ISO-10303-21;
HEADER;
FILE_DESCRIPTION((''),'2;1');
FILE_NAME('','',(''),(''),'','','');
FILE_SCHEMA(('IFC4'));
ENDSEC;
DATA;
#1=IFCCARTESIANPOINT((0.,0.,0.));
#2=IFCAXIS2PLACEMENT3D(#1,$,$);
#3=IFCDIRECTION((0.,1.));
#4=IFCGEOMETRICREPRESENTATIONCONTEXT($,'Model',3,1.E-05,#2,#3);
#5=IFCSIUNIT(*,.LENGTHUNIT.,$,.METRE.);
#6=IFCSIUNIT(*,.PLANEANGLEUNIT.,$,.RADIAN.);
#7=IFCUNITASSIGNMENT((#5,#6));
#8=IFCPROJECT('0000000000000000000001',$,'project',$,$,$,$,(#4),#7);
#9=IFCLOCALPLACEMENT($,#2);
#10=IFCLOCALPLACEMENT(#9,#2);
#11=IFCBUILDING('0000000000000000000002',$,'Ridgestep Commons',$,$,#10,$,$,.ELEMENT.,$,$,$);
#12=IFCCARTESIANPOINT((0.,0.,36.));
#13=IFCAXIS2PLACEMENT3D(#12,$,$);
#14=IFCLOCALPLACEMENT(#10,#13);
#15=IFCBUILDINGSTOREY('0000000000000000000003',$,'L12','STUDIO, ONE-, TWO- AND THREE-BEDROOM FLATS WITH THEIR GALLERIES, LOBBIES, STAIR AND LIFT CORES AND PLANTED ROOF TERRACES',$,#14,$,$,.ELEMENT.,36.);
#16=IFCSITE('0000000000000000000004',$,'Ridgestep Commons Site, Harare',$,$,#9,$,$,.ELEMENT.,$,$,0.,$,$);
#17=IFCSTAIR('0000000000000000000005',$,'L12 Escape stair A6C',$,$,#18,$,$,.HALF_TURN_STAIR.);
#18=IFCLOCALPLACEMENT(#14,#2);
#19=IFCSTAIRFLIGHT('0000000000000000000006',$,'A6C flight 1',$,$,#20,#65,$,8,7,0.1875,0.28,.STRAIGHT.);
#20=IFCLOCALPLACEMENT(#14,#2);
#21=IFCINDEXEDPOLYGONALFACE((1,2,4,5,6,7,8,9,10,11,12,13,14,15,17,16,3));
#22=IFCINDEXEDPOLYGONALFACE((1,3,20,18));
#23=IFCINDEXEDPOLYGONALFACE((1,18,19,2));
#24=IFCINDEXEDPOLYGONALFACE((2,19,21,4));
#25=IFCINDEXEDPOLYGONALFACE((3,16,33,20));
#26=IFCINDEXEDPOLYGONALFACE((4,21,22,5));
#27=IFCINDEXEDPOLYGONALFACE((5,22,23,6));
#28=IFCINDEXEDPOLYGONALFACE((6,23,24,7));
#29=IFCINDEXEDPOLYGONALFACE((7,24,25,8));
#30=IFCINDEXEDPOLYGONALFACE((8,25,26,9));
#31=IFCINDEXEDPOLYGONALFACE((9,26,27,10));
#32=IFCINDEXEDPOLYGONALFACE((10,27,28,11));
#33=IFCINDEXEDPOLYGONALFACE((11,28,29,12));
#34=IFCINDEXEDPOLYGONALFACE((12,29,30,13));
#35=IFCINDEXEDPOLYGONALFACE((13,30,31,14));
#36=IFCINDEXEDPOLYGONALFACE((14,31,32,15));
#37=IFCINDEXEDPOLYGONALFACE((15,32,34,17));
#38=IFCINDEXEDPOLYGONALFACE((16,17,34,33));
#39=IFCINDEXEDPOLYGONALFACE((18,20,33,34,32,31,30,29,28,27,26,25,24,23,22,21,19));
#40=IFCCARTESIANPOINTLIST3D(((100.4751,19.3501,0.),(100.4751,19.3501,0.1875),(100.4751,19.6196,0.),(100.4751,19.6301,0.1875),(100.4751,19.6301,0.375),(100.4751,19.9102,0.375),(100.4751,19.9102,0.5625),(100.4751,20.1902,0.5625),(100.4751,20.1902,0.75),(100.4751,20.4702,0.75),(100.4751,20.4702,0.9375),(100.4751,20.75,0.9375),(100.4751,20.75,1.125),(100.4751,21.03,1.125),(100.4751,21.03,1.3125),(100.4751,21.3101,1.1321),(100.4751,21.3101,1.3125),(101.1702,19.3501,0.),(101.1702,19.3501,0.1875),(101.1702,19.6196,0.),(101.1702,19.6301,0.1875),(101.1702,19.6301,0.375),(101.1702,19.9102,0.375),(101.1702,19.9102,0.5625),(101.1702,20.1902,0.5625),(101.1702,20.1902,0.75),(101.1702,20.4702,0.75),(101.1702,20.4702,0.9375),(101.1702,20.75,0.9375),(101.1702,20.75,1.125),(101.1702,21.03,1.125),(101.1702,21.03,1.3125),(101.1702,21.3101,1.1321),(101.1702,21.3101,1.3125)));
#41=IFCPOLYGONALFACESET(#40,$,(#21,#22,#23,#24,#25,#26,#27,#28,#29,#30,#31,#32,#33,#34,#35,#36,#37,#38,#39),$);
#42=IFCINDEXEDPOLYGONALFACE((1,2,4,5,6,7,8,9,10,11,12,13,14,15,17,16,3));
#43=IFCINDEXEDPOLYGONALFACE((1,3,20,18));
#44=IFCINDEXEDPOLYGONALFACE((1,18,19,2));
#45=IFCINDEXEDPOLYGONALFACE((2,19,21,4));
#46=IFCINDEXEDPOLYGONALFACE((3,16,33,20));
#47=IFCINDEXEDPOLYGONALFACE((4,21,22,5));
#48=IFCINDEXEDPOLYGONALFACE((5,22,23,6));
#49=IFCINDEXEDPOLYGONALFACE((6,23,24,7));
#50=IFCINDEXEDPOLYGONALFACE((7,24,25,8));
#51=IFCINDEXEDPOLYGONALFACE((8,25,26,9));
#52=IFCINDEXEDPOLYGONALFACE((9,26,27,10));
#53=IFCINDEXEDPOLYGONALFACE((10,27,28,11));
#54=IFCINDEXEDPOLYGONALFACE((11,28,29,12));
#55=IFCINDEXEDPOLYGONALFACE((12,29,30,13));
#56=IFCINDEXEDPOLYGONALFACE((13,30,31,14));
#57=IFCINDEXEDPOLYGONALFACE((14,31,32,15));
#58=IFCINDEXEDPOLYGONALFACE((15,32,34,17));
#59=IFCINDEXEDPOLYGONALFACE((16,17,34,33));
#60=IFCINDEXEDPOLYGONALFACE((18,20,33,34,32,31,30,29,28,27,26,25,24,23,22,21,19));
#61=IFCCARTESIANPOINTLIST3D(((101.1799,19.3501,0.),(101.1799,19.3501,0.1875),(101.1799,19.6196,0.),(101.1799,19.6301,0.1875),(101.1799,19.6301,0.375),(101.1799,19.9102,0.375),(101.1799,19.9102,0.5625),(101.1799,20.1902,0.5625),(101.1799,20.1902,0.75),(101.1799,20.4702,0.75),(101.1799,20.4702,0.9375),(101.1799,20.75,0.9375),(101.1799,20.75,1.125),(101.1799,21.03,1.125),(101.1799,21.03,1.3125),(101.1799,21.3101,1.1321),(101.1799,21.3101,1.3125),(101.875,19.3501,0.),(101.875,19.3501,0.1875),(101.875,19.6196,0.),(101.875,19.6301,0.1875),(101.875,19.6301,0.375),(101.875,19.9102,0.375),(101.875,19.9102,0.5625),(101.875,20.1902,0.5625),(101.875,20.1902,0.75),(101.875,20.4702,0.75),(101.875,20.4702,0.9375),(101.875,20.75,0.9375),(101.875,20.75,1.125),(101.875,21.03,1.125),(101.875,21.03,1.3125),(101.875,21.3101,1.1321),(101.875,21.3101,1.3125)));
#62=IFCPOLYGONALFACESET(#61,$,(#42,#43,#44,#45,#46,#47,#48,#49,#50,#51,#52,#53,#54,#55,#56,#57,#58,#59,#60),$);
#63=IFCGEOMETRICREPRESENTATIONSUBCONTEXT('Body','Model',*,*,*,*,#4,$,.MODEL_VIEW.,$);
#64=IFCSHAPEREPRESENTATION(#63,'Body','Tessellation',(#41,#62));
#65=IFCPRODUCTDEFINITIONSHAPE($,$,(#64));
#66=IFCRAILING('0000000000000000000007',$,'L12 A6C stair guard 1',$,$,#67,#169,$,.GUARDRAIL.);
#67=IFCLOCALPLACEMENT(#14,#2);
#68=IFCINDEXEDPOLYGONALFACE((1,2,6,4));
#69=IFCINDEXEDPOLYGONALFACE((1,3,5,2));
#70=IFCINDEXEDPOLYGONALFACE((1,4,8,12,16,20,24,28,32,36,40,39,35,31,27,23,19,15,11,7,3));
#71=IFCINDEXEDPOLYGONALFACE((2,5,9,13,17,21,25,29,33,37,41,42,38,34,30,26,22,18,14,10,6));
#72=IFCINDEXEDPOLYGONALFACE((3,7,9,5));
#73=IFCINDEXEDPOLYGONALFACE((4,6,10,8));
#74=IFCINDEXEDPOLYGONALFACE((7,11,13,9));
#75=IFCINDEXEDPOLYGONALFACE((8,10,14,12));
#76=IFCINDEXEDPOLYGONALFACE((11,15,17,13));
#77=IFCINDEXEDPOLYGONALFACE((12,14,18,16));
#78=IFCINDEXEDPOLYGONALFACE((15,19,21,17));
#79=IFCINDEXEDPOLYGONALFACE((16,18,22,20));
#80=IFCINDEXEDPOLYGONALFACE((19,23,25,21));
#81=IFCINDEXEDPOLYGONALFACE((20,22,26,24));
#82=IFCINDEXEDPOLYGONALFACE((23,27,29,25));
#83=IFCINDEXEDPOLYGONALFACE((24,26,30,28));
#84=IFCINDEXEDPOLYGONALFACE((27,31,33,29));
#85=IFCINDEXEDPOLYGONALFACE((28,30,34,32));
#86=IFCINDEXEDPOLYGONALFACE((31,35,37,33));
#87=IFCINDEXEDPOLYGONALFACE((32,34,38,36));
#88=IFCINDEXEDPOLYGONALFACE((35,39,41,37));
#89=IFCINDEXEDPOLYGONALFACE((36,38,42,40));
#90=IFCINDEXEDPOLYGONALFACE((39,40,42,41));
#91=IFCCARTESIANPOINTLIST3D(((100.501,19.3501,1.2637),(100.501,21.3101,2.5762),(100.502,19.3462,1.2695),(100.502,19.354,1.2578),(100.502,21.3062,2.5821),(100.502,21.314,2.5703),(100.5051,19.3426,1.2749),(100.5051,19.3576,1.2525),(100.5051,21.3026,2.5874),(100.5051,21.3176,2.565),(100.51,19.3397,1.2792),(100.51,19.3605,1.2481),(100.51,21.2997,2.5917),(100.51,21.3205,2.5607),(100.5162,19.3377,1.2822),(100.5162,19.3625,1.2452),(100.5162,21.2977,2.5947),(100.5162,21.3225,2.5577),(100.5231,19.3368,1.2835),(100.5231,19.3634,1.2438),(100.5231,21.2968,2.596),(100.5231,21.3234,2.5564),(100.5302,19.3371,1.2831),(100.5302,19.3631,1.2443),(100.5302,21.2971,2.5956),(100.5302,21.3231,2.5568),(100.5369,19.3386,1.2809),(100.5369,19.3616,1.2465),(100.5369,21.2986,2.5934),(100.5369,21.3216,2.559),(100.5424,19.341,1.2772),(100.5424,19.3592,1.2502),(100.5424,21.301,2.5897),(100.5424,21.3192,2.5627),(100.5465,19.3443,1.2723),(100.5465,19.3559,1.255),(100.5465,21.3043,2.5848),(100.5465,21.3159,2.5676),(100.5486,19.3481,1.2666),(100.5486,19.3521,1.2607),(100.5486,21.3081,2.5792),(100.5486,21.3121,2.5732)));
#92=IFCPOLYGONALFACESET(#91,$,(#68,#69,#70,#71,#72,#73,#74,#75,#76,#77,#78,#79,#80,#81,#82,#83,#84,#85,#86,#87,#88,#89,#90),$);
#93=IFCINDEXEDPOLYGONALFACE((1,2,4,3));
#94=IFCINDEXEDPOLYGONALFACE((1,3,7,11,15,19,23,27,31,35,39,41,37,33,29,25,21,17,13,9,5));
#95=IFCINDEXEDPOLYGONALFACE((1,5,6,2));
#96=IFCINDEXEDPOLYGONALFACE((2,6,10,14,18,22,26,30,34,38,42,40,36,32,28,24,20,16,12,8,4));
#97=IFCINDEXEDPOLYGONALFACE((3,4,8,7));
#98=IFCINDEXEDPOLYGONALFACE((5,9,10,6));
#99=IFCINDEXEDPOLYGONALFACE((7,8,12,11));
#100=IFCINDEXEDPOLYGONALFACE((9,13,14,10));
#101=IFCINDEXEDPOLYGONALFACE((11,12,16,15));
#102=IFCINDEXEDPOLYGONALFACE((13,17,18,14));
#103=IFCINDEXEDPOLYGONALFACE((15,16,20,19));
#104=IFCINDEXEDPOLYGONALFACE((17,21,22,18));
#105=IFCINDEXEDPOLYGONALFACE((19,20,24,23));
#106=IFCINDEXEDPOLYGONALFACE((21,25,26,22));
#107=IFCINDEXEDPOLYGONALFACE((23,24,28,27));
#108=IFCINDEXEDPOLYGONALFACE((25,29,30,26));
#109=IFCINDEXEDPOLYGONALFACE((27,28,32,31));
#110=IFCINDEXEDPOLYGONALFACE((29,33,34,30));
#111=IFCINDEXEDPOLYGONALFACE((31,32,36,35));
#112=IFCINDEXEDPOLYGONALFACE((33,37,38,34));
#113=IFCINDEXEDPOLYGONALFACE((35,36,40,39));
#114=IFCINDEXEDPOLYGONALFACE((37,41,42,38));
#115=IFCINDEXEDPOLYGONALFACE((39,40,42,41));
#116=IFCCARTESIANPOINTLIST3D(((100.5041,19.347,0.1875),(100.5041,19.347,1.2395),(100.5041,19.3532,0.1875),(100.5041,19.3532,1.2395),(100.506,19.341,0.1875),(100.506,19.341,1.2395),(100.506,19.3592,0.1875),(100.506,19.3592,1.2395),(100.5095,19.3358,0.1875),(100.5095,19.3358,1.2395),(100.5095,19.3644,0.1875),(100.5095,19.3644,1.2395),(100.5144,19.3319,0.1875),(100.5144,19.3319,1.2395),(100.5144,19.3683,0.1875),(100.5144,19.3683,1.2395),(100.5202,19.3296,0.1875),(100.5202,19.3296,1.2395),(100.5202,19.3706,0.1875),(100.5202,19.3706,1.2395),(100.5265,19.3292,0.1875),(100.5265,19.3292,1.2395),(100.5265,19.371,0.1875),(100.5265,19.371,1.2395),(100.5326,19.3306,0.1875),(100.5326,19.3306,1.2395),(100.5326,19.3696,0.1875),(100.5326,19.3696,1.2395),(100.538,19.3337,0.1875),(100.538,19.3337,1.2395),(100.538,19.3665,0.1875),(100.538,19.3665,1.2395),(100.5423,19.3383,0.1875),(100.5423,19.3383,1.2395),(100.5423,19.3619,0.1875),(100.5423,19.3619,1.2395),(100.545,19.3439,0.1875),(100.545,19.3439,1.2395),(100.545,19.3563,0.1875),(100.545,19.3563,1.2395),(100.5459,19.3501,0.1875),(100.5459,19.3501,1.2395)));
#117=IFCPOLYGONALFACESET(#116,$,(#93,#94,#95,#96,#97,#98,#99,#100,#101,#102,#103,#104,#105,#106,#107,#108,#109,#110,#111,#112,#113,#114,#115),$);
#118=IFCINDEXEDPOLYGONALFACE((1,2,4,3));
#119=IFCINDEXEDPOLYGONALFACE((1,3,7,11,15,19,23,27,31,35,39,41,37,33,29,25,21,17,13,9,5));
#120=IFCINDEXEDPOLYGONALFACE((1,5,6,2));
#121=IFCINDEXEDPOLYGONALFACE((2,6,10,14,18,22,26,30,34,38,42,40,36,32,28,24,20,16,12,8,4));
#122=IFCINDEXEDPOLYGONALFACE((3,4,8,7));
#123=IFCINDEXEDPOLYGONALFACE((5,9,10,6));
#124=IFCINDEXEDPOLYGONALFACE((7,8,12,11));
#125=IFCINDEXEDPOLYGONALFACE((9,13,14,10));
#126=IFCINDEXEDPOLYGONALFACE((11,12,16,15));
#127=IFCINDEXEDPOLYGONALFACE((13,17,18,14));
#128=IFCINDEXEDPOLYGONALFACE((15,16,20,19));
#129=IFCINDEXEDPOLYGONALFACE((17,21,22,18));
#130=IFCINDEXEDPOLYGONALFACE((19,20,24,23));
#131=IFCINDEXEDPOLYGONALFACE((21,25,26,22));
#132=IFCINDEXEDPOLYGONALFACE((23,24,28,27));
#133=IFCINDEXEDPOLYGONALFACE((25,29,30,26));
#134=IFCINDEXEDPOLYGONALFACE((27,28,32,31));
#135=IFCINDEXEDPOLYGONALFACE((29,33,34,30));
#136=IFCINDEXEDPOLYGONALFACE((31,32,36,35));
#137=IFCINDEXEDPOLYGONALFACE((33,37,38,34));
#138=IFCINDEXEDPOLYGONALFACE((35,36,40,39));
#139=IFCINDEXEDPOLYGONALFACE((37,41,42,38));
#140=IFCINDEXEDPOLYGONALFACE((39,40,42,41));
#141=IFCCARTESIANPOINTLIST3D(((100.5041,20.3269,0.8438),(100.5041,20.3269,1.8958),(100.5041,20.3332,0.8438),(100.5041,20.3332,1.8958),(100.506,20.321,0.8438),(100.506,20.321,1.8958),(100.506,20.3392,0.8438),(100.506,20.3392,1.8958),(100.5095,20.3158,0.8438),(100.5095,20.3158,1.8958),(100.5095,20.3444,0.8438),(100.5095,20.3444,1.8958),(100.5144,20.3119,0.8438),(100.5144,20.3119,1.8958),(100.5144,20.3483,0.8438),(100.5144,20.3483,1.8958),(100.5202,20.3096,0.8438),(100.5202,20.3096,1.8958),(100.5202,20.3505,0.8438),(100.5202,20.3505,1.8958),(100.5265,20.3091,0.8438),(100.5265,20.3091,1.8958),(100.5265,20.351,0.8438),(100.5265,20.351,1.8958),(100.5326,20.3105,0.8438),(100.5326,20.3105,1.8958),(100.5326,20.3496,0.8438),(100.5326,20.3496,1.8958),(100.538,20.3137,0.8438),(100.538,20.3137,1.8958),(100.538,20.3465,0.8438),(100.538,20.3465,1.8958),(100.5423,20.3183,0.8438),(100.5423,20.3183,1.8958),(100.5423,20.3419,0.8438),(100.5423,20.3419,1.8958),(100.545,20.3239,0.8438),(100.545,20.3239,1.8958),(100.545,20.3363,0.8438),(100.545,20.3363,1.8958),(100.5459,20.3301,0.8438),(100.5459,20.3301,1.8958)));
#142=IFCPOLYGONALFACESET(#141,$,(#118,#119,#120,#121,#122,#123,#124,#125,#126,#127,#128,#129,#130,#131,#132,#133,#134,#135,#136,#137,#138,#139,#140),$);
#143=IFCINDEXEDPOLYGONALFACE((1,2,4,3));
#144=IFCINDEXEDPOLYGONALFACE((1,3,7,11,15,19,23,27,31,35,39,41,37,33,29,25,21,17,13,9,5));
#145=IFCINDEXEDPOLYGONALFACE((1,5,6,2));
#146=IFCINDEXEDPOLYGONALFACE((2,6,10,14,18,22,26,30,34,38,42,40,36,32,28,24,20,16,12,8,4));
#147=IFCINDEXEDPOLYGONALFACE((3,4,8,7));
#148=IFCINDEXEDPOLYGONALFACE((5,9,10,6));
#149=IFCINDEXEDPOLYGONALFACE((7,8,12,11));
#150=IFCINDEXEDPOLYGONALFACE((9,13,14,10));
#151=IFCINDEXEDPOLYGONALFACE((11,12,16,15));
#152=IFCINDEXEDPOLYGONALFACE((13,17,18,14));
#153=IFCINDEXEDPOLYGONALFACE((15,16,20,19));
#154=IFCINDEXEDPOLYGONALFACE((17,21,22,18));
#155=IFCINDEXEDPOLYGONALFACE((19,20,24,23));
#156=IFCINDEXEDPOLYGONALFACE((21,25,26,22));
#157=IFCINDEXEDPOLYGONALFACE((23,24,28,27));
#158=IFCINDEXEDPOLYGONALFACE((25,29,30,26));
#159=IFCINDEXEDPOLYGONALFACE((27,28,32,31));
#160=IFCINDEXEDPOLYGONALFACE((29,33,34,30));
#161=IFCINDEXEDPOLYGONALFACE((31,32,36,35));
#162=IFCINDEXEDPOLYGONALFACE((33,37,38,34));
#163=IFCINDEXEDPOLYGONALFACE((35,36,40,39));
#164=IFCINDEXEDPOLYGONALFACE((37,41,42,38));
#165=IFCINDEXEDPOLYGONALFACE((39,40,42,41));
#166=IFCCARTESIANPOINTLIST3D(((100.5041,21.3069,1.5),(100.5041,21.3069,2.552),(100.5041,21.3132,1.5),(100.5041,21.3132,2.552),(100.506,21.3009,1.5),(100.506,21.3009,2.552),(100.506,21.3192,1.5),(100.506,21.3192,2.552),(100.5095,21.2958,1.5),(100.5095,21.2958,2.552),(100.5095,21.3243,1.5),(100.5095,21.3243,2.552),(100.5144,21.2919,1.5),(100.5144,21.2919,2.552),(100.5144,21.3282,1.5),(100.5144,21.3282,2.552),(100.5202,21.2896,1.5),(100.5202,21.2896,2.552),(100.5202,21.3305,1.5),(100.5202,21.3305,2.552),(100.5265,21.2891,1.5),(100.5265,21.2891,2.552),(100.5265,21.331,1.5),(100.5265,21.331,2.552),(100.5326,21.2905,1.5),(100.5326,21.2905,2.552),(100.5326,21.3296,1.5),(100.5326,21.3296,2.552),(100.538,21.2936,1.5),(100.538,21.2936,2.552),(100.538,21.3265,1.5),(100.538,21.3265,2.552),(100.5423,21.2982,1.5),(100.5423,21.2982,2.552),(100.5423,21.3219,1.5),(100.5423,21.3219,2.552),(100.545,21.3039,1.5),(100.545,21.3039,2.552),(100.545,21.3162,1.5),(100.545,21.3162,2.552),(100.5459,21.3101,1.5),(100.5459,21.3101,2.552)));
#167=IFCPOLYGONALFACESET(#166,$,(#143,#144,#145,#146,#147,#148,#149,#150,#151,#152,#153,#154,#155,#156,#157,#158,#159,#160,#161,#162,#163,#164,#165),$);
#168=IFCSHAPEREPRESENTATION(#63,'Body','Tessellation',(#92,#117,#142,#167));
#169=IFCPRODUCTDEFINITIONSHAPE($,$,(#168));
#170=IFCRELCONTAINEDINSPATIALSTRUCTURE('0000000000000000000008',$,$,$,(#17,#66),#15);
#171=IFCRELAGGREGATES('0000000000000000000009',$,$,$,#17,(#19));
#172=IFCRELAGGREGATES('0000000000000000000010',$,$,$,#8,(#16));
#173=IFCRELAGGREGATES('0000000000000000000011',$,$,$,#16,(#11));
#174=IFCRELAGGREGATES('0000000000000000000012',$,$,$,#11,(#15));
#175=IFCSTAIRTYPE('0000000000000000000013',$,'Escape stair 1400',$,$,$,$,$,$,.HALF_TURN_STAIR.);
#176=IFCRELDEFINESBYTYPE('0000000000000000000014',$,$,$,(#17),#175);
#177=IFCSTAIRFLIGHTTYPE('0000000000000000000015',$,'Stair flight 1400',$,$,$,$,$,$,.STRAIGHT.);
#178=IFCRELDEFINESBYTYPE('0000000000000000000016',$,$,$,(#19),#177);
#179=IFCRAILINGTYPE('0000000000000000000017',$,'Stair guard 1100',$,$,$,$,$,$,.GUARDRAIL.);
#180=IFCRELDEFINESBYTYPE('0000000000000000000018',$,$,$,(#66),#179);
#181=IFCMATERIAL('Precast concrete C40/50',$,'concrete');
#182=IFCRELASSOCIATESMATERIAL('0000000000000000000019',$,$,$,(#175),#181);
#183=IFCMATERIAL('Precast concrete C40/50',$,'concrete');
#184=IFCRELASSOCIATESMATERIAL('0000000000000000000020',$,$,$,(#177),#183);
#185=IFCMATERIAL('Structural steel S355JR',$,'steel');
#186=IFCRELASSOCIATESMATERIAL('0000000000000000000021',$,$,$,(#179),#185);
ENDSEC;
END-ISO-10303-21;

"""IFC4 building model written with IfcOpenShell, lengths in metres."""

from ifc_helpers import new_model, si_unit, direction, frame, origin, origin_2d, place, context, subcontext, project, spatial, polyline, circle, outline, extrude, material, type_object, element, aggregate, save


model = new_model("IFC4")

# Units and contexts
model_context = context("Model", 3, precision=1e-05, world=origin(), true_north=direction((0.0, 1.0)))
body_context = subcontext(model_context, "Body", "Model", "MODEL_VIEW")
ifc_project = project(units=[si_unit("LENGTHUNIT", "METRE"), si_unit("PLANEANGLEUNIT", "RADIAN")], contexts=[model_context])

# Site, building, storey
site_placement = place(None, origin())
site = spatial("IfcSite", under=ifc_project, at=site_placement, Name="Ridgestep Commons Site, Harare", CompositionType="ELEMENT", RefElevation=0.0)
building_placement = place(site_placement, origin())
building = spatial("IfcBuilding", under=site, at=building_placement, Name="Ridgestep Commons", CompositionType="ELEMENT")
storey_placement = place(building_placement, frame((0.0, 0.0, 36.0)))
storey = spatial("IfcBuildingStorey", under=building, at=storey_placement, Name="L12", Description="STUDIO, ONE-, TWO- AND THREE-BEDROOM FLATS WITH THEIR GALLERIES, LOBBIES, STAIR AND LIFT CORES AND PLANTED ROOF TERRACES", CompositionType="ELEMENT", Elevation=36.0)

# Stair, stair flight
ifc_material_1 = material(Name="Precast concrete C40/50", Category="concrete")
stair_type = type_object("IfcStairType", Name="Escape stair 1400", PredefinedType="HALF_TURN_STAIR", material=ifc_material_1)
stair_placement = place(storey_placement, origin())
stair = element("IfcStair", 1, at=stair_placement, inside=storey, type_object=stair_type, Name="L12 Escape stair A6C", PredefinedType="HALF_TURN_STAIR")
ifc_material_2 = material(Name="Precast concrete C40/50", Category="concrete")
stair_flight_type = type_object("IfcStairFlightType", Name="Stair flight 1400", PredefinedType="STRAIGHT", material=ifc_material_2)
stair_flight_placement = place(storey_placement, frame((101.175, 19.3501, 0.0), z_axis=(0.0, 0.0, 1.0), x_axis=(0.0, 1.0, 0.0)))
stair_flight = element("IfcStairFlight", 2, at=stair_flight_placement, type_object=stair_flight_type, Name="A6C flight 1", NumberOfRisers=8, NumberOfTreads=7, PredefinedType="STRAIGHT", RiserHeight=0.1875, TreadLength=0.28, context=body_context, shape_type="SweptSolid", body=[
    extrude(outline(polyline([(0.0, 0.0), (0.0, 0.1875), (0.28, 0.1875), (0.28, 0.375), (0.5601, 0.375), (0.5601, 0.5625), (0.8401, 0.5625), (0.8401, 0.75), (1.1201, 0.75), (1.1201, 0.9375), (1.3999, 0.9375), (1.3999, 1.125), (1.6799, 1.125), (1.6799, 1.3125), (1.96, 1.3125), (1.96, 1.5), (1.96, 1.1321), (0.2695, 0.0), (0.0, 0.0)])), frame((0.0, 0.7, 0.0), z_axis=(0.0, -1.0, 0.0), x_axis=(1.0, 0.0, 0.0)), (0.0, 0.0, 1.0), 0.6951),
    extrude(outline(polyline([(0.0, 0.0), (0.0, 0.1875), (0.28, 0.1875), (0.28, 0.375), (0.5601, 0.375), (0.5601, 0.5625), (0.8401, 0.5625), (0.8401, 0.75), (1.1201, 0.75), (1.1201, 0.9375), (1.3999, 0.9375), (1.3999, 1.125), (1.6799, 1.125), (1.6799, 1.3125), (1.96, 1.3125), (1.96, 1.5), (1.96, 1.1321), (0.2695, 0.0), (0.0, 0.0)])), frame((0.0, -0.0049, 0.0), z_axis=(0.0, -1.0, 0.0), x_axis=(1.0, 0.0, 0.0)), (0.0, 0.0, 1.0), 0.6951),
])
aggregate(stair, [stair_flight])

# Railing
ifc_material_3 = material(Name="Structural steel S355JR", Category="steel")
railing_type_1 = type_object("IfcRailingType", Name="Stair guard 1100", PredefinedType="GUARDRAIL", material=ifc_material_3)
railing_1_placement = place(storey_placement, frame((100.5249, 19.3501, 0.1875)))
element("IfcRailing", 3, at=railing_1_placement, inside=storey, type_object=railing_type_1, Name="L12 A6C stair guard 1", PredefinedType="GUARDRAIL", context=body_context, shape_type="SweptSolid", body=[
    extrude(circle(Radius=0.0239, at=origin_2d()), frame((0.0, 0.0, 1.0762), z_axis=(0.0, 0.830902, 0.556419), x_axis=(-1.0, 0.0, 0.0)), (0.0, 0.0, 1.0), 2.3589),
    extrude(circle(Radius=0.021, at=origin_2d()), origin(), (0.0, 0.0, 1.0), 1.052),
    extrude(circle(Radius=0.021, at=origin_2d()), frame((0.0, 0.98, 0.6562)), (0.0, 0.0, 1.0), 1.052),
    extrude(circle(Radius=0.021, at=origin_2d()), frame((0.0, 1.96, 1.3125)), (0.0, 0.0, 1.0), 1.052),
])

save(model, "model.ifc")
